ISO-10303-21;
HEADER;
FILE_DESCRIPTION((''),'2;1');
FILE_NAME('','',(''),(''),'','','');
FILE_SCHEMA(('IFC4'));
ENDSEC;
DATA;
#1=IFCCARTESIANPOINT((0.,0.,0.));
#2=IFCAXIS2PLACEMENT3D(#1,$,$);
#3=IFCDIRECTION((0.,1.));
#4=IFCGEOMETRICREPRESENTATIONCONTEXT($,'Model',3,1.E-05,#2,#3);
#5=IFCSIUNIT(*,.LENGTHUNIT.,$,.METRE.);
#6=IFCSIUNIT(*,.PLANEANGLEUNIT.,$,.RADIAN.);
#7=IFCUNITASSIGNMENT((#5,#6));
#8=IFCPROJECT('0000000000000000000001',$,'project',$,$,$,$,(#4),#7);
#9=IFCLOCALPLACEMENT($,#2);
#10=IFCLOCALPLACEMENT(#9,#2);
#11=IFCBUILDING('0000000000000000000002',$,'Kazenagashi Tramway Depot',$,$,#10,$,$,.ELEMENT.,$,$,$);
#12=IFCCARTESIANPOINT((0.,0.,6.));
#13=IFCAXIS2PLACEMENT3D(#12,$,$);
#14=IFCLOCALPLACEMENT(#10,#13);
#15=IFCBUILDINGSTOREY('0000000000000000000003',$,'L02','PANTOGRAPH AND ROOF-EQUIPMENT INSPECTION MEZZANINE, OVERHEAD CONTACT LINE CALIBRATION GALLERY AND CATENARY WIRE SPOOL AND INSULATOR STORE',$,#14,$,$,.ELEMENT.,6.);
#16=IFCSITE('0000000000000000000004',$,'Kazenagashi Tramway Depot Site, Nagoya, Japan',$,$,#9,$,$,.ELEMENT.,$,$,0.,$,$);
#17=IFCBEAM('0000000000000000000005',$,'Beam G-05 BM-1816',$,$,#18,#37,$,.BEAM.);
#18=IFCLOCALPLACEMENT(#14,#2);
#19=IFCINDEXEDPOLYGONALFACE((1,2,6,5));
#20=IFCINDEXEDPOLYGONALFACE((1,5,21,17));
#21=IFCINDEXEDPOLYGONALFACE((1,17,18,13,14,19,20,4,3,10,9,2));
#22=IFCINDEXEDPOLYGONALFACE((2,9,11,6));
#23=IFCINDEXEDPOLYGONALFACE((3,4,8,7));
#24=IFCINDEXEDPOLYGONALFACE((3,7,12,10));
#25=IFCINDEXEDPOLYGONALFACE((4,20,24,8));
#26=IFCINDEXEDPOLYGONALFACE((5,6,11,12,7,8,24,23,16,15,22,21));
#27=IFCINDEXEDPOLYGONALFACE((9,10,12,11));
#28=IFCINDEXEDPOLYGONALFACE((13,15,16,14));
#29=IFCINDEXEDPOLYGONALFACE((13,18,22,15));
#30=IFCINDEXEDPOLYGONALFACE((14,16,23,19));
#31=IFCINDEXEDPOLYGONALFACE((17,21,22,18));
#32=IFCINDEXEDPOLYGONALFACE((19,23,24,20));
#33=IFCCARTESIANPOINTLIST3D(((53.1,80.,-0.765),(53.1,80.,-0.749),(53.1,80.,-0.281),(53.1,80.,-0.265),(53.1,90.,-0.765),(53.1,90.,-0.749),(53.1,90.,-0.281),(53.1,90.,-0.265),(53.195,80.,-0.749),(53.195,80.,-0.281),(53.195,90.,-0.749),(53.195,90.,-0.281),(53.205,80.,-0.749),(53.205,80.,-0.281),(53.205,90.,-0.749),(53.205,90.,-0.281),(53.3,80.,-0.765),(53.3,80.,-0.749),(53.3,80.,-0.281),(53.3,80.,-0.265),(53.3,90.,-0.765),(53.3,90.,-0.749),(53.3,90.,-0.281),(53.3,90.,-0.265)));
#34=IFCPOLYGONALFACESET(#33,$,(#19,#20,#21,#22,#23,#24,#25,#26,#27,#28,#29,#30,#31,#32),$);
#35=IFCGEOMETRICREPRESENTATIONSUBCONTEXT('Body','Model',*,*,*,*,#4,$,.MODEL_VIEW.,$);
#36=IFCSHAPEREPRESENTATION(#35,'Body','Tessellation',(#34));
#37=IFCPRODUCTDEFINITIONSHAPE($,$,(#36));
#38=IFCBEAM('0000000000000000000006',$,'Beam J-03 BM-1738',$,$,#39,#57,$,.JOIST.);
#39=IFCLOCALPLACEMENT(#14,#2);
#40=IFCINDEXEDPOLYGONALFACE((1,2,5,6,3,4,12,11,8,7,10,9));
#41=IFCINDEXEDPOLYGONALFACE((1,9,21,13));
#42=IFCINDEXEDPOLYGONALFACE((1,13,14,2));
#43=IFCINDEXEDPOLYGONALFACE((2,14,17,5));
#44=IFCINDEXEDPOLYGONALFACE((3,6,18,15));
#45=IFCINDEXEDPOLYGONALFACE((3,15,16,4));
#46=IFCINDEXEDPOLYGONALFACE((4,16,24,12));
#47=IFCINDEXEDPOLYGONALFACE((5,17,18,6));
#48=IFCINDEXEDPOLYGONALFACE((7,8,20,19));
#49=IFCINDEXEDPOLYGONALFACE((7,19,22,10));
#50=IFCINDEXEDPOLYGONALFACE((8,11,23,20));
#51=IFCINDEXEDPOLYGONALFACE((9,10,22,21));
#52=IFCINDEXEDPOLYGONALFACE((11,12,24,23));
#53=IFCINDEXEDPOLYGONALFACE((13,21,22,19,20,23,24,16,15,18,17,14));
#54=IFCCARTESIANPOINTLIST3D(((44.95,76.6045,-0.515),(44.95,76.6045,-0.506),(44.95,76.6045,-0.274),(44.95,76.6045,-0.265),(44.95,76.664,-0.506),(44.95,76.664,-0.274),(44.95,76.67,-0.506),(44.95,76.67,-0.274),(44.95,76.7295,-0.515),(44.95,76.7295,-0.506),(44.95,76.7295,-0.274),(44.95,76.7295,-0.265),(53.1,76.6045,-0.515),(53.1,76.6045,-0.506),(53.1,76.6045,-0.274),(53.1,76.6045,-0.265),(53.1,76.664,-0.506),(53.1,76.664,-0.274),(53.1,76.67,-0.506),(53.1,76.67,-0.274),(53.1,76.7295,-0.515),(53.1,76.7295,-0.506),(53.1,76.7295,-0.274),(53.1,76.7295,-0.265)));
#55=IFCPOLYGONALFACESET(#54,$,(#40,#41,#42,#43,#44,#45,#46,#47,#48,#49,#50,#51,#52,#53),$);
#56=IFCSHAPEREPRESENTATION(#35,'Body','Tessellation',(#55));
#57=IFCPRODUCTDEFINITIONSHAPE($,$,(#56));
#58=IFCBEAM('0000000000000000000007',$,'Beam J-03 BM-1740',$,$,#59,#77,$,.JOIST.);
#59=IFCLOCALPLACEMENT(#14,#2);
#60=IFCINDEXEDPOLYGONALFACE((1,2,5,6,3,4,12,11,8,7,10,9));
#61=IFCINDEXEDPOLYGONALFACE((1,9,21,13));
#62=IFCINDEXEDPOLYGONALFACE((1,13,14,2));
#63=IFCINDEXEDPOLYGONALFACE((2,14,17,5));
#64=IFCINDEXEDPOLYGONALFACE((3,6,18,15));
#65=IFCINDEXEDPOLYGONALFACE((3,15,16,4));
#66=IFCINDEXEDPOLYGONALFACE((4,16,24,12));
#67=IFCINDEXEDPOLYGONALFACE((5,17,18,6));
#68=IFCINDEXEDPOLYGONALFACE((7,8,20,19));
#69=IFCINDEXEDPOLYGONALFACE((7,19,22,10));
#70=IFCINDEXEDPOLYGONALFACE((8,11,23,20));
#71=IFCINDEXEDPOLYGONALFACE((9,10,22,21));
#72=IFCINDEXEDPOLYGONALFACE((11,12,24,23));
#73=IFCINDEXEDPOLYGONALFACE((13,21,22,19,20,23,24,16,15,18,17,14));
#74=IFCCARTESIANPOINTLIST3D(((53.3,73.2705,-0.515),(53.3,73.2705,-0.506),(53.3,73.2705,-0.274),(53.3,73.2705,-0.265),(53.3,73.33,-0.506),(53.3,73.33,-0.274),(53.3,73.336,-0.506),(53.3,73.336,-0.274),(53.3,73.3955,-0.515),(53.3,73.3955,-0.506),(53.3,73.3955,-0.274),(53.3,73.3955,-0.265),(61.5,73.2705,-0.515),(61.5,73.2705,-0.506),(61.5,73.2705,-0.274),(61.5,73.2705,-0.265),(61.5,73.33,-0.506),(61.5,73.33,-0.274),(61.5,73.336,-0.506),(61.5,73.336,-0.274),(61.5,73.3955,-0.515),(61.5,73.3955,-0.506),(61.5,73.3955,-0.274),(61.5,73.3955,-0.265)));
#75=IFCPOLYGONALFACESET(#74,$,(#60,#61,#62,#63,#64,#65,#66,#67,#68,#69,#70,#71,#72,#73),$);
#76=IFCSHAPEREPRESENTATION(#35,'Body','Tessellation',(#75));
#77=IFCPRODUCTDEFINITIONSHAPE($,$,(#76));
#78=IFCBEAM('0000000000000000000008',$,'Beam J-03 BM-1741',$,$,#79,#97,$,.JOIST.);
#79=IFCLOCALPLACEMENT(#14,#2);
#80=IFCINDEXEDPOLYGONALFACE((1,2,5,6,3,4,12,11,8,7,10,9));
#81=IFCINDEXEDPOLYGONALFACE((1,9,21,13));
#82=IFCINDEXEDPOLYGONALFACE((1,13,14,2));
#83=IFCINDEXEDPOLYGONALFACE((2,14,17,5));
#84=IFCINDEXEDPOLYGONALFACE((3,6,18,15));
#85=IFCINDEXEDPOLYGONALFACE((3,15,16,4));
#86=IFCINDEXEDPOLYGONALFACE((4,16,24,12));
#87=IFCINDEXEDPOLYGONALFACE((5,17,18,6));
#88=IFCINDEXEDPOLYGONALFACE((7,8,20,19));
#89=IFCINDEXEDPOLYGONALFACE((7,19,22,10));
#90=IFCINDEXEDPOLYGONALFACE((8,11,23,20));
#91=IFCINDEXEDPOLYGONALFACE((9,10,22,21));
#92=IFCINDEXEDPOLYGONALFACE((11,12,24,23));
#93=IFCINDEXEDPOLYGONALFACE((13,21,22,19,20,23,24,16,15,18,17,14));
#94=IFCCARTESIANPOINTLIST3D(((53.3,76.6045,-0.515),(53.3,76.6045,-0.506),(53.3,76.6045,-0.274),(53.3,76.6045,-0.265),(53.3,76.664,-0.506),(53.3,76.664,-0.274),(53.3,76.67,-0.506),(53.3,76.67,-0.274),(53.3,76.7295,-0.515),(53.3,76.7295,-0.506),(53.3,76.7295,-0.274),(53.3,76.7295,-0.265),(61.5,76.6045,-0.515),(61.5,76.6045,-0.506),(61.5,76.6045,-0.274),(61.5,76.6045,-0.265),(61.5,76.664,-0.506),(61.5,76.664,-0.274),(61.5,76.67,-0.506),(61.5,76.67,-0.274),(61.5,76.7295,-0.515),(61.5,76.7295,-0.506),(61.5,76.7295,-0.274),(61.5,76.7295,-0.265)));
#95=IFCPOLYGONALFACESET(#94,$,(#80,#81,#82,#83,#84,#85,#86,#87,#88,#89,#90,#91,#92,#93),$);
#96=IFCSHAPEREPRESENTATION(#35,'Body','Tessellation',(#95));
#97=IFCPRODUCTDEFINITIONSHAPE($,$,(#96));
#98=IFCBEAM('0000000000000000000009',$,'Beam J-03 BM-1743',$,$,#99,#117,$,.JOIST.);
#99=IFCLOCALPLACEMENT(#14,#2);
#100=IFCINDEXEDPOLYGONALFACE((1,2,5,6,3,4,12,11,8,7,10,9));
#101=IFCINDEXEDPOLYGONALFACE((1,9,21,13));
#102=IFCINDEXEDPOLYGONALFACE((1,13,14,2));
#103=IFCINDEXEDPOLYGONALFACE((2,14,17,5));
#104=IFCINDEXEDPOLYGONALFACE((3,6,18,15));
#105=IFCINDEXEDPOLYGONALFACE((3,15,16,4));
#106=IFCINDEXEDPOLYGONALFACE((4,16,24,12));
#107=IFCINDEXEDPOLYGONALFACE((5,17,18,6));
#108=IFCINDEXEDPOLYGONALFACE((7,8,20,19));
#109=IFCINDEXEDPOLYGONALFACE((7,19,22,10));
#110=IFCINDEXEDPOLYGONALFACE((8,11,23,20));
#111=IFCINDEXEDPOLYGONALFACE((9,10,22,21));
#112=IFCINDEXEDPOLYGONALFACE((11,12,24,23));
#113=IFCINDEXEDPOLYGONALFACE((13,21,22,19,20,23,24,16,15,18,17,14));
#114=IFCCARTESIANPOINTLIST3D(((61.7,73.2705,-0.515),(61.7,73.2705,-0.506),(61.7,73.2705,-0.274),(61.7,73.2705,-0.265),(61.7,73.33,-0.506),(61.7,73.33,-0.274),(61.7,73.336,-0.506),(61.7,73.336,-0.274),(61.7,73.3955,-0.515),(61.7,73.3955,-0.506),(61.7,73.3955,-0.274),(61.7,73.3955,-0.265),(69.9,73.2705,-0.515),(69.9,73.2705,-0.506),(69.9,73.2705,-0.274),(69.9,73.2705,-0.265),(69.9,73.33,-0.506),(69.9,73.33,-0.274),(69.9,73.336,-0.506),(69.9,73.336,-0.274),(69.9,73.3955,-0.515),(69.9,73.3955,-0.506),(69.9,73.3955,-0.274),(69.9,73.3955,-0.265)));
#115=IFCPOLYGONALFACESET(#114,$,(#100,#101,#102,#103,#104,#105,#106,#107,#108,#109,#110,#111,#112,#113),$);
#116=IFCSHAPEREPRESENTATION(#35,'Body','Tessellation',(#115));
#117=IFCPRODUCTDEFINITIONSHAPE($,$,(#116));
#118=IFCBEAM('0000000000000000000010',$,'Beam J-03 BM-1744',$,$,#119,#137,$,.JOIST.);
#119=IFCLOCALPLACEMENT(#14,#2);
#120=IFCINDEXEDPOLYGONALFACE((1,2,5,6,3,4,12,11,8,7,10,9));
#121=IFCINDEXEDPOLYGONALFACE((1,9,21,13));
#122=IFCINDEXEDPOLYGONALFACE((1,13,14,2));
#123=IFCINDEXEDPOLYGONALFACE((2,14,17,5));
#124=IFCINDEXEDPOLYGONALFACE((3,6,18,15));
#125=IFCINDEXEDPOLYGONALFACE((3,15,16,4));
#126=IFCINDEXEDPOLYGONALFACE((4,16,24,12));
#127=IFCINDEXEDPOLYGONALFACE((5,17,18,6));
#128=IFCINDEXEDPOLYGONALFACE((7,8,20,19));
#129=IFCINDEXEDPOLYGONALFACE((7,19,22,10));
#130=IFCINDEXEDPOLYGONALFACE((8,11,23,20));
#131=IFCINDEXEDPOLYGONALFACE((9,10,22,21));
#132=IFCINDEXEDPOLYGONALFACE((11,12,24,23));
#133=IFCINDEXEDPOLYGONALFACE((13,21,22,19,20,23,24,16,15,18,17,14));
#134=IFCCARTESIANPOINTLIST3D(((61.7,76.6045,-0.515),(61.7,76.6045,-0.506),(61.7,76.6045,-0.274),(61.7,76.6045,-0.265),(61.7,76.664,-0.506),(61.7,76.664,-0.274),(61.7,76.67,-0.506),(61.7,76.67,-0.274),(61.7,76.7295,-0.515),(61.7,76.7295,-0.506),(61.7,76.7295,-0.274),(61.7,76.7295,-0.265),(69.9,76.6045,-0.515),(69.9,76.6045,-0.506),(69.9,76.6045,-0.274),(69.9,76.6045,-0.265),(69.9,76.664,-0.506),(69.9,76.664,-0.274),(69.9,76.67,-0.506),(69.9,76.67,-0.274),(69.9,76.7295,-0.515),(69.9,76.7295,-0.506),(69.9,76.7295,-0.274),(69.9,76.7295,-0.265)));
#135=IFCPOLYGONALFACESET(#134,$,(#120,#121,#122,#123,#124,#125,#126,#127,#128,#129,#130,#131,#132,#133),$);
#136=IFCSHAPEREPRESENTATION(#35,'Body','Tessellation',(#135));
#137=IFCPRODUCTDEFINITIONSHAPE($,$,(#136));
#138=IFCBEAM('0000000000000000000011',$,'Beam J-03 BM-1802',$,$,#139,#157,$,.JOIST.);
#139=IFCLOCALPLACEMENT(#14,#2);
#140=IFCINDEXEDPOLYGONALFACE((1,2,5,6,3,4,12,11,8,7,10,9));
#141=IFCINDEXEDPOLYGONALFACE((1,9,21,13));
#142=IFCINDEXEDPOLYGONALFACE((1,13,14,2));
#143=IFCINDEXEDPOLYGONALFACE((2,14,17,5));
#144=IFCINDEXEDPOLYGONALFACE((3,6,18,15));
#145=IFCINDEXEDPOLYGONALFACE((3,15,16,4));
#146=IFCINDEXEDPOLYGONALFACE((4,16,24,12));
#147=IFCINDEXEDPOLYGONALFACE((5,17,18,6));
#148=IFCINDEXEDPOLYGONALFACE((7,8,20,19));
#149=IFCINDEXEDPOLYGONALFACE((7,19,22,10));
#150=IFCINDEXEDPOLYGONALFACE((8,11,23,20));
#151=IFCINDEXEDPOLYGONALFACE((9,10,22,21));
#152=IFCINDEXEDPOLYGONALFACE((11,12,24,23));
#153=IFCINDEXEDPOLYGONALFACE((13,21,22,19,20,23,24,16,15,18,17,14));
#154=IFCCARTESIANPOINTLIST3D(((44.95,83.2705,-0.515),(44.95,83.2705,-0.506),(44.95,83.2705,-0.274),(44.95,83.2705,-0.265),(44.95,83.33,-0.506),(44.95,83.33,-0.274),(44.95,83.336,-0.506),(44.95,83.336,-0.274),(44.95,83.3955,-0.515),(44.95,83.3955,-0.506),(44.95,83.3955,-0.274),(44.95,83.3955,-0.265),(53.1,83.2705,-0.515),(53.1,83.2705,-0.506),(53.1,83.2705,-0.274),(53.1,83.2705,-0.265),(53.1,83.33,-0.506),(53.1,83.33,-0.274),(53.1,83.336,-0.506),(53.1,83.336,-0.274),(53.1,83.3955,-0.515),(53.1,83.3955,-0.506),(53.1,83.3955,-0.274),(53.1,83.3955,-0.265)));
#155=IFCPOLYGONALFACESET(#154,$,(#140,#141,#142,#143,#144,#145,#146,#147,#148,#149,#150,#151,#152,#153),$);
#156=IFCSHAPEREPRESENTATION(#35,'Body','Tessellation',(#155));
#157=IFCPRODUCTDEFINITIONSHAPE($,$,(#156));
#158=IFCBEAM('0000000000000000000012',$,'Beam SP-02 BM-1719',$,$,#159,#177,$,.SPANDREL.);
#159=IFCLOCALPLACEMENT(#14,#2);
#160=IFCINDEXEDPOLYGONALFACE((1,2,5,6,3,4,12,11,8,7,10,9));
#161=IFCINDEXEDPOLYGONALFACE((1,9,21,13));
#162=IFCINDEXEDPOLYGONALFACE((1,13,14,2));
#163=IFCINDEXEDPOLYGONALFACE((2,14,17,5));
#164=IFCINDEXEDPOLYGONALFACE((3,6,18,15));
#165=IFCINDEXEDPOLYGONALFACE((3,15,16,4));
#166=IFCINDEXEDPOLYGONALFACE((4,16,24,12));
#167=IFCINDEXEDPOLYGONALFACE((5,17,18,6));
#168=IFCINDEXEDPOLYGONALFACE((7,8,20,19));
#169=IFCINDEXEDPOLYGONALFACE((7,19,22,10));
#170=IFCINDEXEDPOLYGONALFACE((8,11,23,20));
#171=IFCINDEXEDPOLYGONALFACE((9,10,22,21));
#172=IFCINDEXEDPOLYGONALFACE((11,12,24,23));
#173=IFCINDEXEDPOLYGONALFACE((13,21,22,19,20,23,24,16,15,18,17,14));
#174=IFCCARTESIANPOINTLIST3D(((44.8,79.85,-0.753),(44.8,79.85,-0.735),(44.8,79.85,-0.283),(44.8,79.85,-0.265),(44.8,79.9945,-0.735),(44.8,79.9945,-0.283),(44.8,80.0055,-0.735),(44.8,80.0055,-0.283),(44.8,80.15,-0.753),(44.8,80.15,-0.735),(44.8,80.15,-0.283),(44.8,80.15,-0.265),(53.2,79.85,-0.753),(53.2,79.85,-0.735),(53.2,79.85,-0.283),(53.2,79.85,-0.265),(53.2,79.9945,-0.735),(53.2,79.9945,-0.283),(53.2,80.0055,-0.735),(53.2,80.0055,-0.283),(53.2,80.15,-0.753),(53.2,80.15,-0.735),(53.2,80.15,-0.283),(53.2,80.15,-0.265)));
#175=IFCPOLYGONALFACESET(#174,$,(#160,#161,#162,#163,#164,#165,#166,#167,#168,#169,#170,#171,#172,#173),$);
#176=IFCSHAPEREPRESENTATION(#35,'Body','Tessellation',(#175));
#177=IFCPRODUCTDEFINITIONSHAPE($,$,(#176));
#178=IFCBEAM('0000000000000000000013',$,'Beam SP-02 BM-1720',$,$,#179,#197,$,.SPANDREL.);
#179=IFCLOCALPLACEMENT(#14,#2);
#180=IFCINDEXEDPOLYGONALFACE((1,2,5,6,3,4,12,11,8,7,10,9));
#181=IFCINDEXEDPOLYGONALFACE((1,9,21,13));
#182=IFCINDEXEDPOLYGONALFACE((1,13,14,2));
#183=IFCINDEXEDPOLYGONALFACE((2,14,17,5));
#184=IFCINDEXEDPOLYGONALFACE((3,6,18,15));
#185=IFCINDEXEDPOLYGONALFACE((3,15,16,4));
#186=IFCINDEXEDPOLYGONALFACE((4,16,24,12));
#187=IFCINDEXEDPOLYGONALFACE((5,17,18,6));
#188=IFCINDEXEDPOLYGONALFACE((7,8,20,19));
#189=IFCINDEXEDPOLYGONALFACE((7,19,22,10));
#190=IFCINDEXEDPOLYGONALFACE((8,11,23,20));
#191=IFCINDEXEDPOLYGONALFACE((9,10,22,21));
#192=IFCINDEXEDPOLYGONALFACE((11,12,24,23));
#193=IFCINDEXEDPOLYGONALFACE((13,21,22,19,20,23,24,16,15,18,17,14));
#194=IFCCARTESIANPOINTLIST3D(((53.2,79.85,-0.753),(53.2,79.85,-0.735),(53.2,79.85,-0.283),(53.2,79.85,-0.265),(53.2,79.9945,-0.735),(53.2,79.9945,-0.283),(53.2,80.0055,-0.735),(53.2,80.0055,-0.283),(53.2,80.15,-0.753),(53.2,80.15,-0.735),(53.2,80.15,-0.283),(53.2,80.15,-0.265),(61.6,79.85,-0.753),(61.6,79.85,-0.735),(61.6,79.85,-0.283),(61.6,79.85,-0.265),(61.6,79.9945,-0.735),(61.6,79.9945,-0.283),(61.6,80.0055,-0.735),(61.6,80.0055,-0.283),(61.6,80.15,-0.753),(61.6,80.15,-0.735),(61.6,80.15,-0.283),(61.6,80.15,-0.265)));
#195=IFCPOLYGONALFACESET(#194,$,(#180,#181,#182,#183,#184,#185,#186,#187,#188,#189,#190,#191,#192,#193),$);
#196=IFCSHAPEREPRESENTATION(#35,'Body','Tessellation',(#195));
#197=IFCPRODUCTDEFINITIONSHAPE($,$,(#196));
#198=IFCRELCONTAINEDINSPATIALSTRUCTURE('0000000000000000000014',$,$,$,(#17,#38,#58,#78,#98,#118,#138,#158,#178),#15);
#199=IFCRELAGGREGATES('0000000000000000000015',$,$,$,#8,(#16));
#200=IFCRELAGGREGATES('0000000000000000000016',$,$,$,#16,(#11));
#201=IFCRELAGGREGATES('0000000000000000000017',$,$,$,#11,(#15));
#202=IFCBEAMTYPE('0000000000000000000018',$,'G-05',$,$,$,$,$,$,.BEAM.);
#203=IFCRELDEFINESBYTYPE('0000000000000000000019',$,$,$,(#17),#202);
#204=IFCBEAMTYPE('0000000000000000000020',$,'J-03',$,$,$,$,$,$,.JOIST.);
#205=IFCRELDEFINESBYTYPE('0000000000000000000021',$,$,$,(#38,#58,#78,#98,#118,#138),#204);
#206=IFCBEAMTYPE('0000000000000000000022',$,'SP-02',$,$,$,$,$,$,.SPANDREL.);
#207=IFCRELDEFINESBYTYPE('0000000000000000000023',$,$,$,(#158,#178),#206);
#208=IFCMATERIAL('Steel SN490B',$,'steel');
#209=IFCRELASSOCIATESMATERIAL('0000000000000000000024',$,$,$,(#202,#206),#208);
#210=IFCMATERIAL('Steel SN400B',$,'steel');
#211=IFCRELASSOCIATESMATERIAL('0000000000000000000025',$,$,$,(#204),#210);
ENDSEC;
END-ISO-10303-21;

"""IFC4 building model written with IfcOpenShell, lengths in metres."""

from ifc_helpers import new_model, si_unit, direction, frame, origin, origin_2d, place, context, subcontext, project, spatial, i_section, extrude, material, material_profile, profile_set, type_object, element, save


model = new_model("IFC4")

# Units and contexts
model_context = context("Model", 3, precision=1e-05, world=origin(), true_north=direction((0.0, 1.0)))
body_context = subcontext(model_context, "Body", "Model", "MODEL_VIEW")
ifc_project = project(units=[si_unit("LENGTHUNIT", "METRE"), si_unit("PLANEANGLEUNIT", "RADIAN")], contexts=[model_context])

# Site, building, storey
site_placement = place(None, origin())
site = spatial("IfcSite", under=ifc_project, at=site_placement, Name="Kazenagashi Tramway Depot Site, Nagoya, Japan", CompositionType="ELEMENT", RefElevation=0.0)
building_placement = place(site_placement, origin())
building = spatial("IfcBuilding", under=site, at=building_placement, Name="Kazenagashi Tramway Depot", CompositionType="ELEMENT")
storey_placement = place(building_placement, frame((0.0, 0.0, 6.0)))
storey = spatial("IfcBuildingStorey", under=building, at=storey_placement, Name="L02", Description="PANTOGRAPH AND ROOF-EQUIPMENT INSPECTION MEZZANINE, OVERHEAD CONTACT LINE CALIBRATION GALLERY AND CATENARY WIRE SPOOL AND INSULATOR STORE", CompositionType="ELEMENT", Elevation=6.0)

# Beams
ifc_material_1 = material(Name="Steel SN490B", Category="steel")
ifc_material_profile_1 = material_profile(ifc_material_1, i_section(OverallWidth=0.2, OverallDepth=0.5, WebThickness=0.01, FlangeThickness=0.016, at=origin_2d()), Name="H-500x200x10x16")
ifc_profile_set_1 = profile_set([ifc_material_profile_1], Name="Steel SN490B")
beam_type_1 = type_object("IfcBeamType", Name="G-05", PredefinedType="BEAM", material=ifc_profile_set_1)
beam_1_placement = place(storey_placement, frame((53.2, 80.0, -0.515), z_axis=(0.0, 1.0, 0.0), x_axis=(-1.0, 0.0, 0.0)))
element("IfcBeam", 1, at=beam_1_placement, inside=storey, type_object=beam_type_1, Name="Beam G-05 BM-1816", PredefinedType="BEAM", context=body_context, shape_type="SweptSolid", body=[
    extrude(i_section(OverallWidth=0.2, OverallDepth=0.5, WebThickness=0.01, FlangeThickness=0.016, at=origin_2d()), origin(), (0.0, 0.0, 1.0), 10.0),
])
ifc_material_2 = material(Name="Steel SN400B", Category="steel")
ifc_material_profile_2 = material_profile(ifc_material_2, i_section(OverallWidth=0.125, OverallDepth=0.25, WebThickness=0.006, FlangeThickness=0.009, at=origin_2d()), Name="H-250x125x6x9")
ifc_profile_set_2 = profile_set([ifc_material_profile_2], Name="Steel SN400B")
beam_type_2 = type_object("IfcBeamType", Name="J-03", PredefinedType="JOIST", material=ifc_profile_set_2)
beam_2_placement = place(storey_placement, frame((44.95, 76.667, -0.39), z_axis=(1.0, 0.0, 0.0), x_axis=(0.0, 1.0, 0.0)))
element("IfcBeam", 2, at=beam_2_placement, inside=storey, type_object=beam_type_2, Name="Beam J-03 BM-1738", PredefinedType="JOIST", context=body_context, shape_type="SweptSolid", body=[
    extrude(i_section(OverallWidth=0.125, OverallDepth=0.25, WebThickness=0.006, FlangeThickness=0.009, at=origin_2d()), origin(), (0.0, 0.0, 1.0), 8.15),
])
for number, where, z_axis, x_axis, name in (
    (3, (53.3, 73.333, -0.39), (1.0, 0.0, 0.0), (0.0, 1.0, 0.0), "Beam J-03 BM-1740"),
    (4, (53.3, 76.667, -0.39), (1.0, 0.0, 0.0), (0.0, 1.0, 0.0), "Beam J-03 BM-1741"),
    (5, (61.7, 73.333, -0.39), (1.0, 0.0, 0.0), (0.0, 1.0, 0.0), "Beam J-03 BM-1743"),
    (6, (61.7, 76.667, -0.39), (1.0, 0.0, 0.0), (0.0, 1.0, 0.0), "Beam J-03 BM-1744"),
):
    element("IfcBeam", number, at=place(storey_placement, frame(where, z_axis=z_axis, x_axis=x_axis)), inside=storey, type_object=beam_type_2, Name=name, PredefinedType="JOIST", context=body_context, shape_type="SweptSolid", body=[
        extrude(i_section(OverallWidth=0.125, OverallDepth=0.25, WebThickness=0.006, FlangeThickness=0.009, at=origin_2d()), origin(), (0.0, 0.0, 1.0), 8.2),
    ])
beam_3_placement = place(storey_placement, frame((44.95, 83.333, -0.39), z_axis=(1.0, 0.0, 0.0), x_axis=(0.0, 1.0, 0.0)))
element("IfcBeam", 7, at=beam_3_placement, inside=storey, type_object=beam_type_2, Name="Beam J-03 BM-1802", PredefinedType="JOIST", context=body_context, shape_type="SweptSolid", body=[
    extrude(i_section(OverallWidth=0.125, OverallDepth=0.25, WebThickness=0.006, FlangeThickness=0.009, at=origin_2d()), origin(), (0.0, 0.0, 1.0), 8.15),
])
ifc_material_profile_3 = material_profile(ifc_material_1, i_section(OverallWidth=0.3, OverallDepth=0.488, WebThickness=0.011, FlangeThickness=0.018, at=origin_2d()), Name="H-488x300x11x18")
ifc_profile_set_3 = profile_set([ifc_material_profile_3], Name="Steel SN490B")
beam_type_3 = type_object("IfcBeamType", Name="SP-02", PredefinedType="SPANDREL", material=ifc_profile_set_3)
for number, where, z_axis, x_axis, name in (
    (8, (44.8, 80.0, -0.509), (1.0, 0.0, 0.0), (0.0, 1.0, 0.0), "Beam SP-02 BM-1719"),
    (9, (53.2, 80.0, -0.509), (1.0, 0.0, 0.0), (0.0, 1.0, 0.0), "Beam SP-02 BM-1720"),
):
    element("IfcBeam", number, at=place(storey_placement, frame(where, z_axis=z_axis, x_axis=x_axis)), inside=storey, type_object=beam_type_3, Name=name, PredefinedType="SPANDREL", context=body_context, shape_type="SweptSolid", body=[
        extrude(i_section(OverallWidth=0.3, OverallDepth=0.488, WebThickness=0.011, FlangeThickness=0.018, at=origin_2d()), origin(), (0.0, 0.0, 1.0), 8.4),
    ])

save(model, "model.ifc")
